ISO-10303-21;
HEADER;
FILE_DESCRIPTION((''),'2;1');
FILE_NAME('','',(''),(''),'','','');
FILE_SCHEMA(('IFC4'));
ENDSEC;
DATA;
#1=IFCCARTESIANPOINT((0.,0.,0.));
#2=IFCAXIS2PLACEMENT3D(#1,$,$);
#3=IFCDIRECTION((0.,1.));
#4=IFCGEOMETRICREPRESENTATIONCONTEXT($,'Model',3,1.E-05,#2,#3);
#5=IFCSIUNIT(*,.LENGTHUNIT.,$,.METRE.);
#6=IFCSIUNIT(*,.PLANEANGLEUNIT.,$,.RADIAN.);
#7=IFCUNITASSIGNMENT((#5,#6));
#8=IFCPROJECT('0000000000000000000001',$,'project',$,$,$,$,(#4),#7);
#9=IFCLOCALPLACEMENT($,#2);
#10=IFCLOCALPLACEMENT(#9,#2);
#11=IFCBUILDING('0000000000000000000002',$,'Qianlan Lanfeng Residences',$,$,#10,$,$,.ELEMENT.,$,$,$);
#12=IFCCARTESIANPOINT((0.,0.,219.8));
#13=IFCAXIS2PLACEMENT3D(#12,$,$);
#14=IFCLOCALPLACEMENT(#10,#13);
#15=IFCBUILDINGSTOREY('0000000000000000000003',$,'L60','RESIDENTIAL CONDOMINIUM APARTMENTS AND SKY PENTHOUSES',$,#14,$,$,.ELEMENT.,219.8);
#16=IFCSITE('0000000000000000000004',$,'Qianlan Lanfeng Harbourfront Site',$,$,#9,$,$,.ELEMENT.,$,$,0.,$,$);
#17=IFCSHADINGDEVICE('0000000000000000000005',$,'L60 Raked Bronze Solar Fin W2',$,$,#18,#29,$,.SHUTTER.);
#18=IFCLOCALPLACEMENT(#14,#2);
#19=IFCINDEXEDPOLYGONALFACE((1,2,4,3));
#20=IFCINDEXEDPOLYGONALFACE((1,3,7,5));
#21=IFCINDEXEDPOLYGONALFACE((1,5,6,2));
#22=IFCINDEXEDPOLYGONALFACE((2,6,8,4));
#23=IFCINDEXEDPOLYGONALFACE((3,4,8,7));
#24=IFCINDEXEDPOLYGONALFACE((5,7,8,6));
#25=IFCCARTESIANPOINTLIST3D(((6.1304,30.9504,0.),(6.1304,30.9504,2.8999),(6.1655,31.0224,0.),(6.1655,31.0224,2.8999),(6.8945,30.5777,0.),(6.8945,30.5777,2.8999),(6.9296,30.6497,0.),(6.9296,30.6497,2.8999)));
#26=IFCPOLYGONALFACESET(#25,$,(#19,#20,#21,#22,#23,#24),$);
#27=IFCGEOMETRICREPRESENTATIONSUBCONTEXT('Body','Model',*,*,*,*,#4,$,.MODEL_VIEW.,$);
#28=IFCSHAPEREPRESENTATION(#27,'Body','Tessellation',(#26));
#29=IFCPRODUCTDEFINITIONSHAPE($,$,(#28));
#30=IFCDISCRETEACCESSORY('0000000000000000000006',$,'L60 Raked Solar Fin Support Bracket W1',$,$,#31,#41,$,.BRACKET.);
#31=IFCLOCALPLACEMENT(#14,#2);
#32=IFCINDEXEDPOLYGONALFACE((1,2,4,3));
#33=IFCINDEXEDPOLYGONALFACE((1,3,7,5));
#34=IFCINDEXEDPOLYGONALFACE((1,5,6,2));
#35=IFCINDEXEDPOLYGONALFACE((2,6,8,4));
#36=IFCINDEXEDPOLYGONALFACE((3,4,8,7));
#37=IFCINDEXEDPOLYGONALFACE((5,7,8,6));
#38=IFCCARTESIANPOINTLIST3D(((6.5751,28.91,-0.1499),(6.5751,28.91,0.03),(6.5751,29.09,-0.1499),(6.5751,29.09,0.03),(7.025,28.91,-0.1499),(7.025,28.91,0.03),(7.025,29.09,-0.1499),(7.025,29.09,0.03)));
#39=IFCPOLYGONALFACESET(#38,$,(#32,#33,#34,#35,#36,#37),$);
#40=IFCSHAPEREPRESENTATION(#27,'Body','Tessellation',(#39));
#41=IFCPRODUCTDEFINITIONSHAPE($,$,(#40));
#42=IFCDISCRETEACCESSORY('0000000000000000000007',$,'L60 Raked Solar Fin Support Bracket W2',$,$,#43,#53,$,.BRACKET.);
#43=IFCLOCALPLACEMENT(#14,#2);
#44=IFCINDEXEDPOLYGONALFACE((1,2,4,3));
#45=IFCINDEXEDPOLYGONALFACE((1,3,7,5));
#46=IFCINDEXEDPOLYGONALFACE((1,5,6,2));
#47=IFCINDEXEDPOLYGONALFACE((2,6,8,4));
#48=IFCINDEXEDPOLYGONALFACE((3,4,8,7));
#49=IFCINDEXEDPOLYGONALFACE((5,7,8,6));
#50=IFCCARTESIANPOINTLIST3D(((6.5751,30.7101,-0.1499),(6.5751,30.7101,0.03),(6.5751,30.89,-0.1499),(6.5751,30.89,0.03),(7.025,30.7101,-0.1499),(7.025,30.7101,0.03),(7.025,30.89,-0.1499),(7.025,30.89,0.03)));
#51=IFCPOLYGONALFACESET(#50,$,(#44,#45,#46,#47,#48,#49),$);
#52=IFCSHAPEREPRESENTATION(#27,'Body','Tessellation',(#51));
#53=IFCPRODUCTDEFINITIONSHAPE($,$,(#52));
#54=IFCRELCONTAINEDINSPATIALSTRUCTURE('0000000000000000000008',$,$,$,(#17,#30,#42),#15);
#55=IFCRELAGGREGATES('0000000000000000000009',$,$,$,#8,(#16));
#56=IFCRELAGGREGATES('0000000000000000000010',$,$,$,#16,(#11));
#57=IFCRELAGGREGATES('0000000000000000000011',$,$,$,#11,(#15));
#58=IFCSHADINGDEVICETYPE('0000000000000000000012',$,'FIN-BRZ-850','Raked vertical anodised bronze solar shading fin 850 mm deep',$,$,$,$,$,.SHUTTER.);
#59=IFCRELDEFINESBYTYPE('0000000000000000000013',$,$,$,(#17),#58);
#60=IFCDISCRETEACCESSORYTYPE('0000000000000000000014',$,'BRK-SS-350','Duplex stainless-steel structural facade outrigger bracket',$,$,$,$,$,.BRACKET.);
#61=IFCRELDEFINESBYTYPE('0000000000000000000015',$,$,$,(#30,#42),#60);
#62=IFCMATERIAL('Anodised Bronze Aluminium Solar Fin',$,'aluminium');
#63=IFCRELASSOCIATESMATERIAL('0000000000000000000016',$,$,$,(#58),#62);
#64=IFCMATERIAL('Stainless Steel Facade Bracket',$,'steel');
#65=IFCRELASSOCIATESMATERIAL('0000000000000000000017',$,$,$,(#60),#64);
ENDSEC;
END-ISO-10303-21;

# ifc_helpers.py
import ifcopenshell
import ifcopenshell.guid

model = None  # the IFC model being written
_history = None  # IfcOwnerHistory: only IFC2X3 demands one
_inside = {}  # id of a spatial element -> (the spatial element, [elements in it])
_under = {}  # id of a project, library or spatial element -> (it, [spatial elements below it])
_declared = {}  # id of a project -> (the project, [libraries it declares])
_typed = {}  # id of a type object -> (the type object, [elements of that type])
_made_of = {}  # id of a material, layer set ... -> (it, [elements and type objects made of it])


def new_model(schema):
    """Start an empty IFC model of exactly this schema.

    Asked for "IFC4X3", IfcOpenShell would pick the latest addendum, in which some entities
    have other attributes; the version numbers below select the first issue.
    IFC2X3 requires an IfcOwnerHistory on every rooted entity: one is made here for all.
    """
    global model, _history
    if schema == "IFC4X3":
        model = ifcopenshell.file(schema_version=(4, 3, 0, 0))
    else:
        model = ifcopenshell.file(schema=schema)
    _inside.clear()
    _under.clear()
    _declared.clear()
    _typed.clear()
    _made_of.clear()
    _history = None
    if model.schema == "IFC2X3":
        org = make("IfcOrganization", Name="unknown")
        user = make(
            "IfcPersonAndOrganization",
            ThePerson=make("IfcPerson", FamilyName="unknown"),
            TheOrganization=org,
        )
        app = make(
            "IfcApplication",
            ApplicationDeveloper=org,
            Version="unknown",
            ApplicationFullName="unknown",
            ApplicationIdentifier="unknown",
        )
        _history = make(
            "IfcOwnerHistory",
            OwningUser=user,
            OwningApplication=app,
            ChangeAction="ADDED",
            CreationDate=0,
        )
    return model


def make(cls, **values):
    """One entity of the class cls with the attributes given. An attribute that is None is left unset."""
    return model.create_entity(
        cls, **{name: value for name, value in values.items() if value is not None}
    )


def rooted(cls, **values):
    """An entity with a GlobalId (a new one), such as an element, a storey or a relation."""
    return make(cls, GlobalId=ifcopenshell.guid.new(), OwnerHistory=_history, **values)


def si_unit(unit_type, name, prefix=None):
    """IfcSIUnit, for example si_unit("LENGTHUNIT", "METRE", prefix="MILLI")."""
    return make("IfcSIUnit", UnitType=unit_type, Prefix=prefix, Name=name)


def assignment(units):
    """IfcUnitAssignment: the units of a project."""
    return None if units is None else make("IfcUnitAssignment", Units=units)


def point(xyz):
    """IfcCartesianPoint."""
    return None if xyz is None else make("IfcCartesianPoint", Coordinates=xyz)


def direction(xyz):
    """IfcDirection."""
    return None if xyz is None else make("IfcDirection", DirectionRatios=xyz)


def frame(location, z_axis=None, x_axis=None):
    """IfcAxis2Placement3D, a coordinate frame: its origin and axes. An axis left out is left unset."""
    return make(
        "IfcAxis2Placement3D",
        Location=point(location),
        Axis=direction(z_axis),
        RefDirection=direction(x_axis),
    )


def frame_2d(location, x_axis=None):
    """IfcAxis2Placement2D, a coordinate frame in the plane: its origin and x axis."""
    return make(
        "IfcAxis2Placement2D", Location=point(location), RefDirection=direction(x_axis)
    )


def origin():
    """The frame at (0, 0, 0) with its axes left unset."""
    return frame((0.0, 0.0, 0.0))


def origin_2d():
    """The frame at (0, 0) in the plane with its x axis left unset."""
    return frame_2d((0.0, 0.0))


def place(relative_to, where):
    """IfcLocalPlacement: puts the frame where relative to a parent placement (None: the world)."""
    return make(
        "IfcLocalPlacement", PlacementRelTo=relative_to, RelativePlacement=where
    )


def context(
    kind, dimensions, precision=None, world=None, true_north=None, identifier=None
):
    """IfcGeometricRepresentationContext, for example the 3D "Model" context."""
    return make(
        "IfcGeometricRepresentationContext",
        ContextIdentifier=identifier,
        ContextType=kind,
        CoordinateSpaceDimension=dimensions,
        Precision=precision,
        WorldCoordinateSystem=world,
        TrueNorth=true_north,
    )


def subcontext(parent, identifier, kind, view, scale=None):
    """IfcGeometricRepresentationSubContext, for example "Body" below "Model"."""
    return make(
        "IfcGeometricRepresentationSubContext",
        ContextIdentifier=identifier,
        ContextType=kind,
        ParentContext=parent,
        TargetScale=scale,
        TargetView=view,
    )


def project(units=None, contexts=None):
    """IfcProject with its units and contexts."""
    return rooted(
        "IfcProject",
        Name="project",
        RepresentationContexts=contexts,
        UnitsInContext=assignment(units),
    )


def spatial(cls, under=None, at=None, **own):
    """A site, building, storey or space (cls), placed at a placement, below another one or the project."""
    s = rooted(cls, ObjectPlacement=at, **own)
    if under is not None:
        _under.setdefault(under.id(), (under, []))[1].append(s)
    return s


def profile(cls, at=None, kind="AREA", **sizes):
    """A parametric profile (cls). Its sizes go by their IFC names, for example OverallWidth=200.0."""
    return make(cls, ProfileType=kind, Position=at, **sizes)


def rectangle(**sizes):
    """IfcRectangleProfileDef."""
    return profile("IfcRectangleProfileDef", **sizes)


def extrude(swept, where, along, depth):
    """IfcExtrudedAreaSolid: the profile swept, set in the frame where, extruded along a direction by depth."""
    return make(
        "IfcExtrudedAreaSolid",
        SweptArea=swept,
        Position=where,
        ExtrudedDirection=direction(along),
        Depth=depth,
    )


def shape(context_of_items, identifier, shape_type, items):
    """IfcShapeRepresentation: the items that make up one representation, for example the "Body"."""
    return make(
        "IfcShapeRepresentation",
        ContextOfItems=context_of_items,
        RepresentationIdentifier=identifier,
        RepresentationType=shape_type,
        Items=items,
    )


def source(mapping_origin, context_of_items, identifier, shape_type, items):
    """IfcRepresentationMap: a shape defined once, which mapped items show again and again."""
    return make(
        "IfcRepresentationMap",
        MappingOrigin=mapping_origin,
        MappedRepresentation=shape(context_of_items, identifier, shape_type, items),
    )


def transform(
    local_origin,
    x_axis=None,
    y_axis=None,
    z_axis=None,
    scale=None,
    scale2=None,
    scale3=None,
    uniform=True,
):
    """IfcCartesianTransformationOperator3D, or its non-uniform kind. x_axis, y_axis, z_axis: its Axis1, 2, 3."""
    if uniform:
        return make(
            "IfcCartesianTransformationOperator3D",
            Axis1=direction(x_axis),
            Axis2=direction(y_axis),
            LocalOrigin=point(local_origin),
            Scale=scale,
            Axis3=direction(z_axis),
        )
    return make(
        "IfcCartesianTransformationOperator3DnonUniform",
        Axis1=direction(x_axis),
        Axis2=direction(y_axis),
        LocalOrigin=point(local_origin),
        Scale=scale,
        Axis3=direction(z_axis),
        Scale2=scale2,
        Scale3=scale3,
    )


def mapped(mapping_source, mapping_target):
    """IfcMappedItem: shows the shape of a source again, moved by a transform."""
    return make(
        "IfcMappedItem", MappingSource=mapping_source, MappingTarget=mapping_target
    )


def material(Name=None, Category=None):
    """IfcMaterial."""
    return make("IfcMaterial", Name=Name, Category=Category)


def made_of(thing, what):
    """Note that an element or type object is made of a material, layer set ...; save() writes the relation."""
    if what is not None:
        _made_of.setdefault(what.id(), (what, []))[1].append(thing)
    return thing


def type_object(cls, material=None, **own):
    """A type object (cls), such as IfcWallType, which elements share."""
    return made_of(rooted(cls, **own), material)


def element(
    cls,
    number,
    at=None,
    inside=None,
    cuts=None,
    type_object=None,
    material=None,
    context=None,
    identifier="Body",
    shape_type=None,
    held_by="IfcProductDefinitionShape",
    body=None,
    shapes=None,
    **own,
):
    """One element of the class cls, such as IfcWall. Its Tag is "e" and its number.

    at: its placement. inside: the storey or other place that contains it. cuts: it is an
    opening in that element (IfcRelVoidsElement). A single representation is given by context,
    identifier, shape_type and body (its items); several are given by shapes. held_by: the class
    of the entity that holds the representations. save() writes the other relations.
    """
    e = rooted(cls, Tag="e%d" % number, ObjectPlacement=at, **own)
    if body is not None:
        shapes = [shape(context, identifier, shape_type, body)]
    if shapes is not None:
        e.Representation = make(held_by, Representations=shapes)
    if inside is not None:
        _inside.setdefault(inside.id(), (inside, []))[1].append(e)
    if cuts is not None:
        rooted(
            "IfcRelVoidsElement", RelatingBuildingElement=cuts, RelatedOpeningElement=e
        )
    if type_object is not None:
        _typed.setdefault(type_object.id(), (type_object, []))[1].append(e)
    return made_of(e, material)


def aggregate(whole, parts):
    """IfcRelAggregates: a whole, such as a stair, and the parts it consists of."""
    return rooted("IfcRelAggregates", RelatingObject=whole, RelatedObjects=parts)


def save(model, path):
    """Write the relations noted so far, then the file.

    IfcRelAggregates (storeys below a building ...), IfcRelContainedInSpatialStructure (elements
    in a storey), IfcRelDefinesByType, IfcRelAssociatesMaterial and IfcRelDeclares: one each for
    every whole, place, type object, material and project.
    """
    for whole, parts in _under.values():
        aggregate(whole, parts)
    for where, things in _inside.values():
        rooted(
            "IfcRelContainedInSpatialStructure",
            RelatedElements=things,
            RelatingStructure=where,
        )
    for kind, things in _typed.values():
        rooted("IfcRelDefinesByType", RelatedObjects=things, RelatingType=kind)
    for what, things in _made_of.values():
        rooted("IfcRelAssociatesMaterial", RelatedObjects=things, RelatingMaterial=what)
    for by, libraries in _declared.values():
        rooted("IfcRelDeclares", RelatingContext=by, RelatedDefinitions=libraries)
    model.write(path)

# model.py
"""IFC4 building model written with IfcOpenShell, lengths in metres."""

from ifc_helpers import new_model, si_unit, direction, frame, origin, origin_2d, place, context, subcontext, project, spatial, rectangle, extrude, source, transform, mapped, material, type_object, element, save


model = new_model("IFC4")

# Units and contexts
model_context = context("Model", 3, precision=1e-05, world=origin(), true_north=direction((0.0, 1.0)))
body_context = subcontext(model_context, "Body", "Model", "MODEL_VIEW")
ifc_project = project(units=[si_unit("LENGTHUNIT", "METRE"), si_unit("PLANEANGLEUNIT", "RADIAN")], contexts=[model_context])

# Site, building, storey
site_placement = place(None, origin())
site = spatial("IfcSite", under=ifc_project, at=site_placement, Name="Qianlan Lanfeng Harbourfront Site", CompositionType="ELEMENT", RefElevation=0.0)
building_placement = place(site_placement, origin())
building = spatial("IfcBuilding", under=site, at=building_placement, Name="Qianlan Lanfeng Residences", CompositionType="ELEMENT")
storey_placement = place(building_placement, frame((0.0, 0.0, 219.8)))
storey = spatial("IfcBuildingStorey", under=building, at=storey_placement, Name="L60", Description="RESIDENTIAL CONDOMINIUM APARTMENTS AND SKY PENTHOUSES", CompositionType="ELEMENT", Elevation=219.8)

# Shading device
ifc_material_1 = material(Name="Anodised Bronze Aluminium Solar Fin", Category="aluminium")
shading_device_type = type_object("IfcShadingDeviceType", Name="FIN-BRZ-850", Description="Raked vertical anodised bronze solar shading fin 850 mm deep", PredefinedType="SHUTTER", material=ifc_material_1)
shared_shape_1 = source(origin(), body_context, "Body", "SweptSolid", [
    extrude(rectangle(XDim=0.8501, YDim=0.0801, at=origin_2d()), origin(), (0.0, 0.0, 1.0), 2.8999),
])
for number, where, z_axis, x_axis, name in (
    (1, (6.53, 30.8, 0.0), (0.0, 0.0, 1.0), (0.898794, -0.438371, 0.0), "L60 Raked Bronze Solar Fin W2"),
):
    element("IfcShadingDevice", number, at=place(storey_placement, frame(where, z_axis=z_axis, x_axis=x_axis)), inside=storey, type_object=shading_device_type, Name=name, PredefinedType="SHUTTER", context=body_context, shape_type="MappedRepresentation", body=[
        mapped(shared_shape_1, transform((0.0, 0.0, 0.0), scale=1.0)),
    ])

# Discrete accessories
ifc_material_2 = material(Name="Stainless Steel Facade Bracket", Category="steel")
discrete_accessory_type = type_object("IfcDiscreteAccessoryType", Name="BRK-SS-350", Description="Duplex stainless-steel structural facade outrigger bracket", PredefinedType="BRACKET", material=ifc_material_2)
shared_shape_2 = source(origin(), body_context, "Body", "SweptSolid", [
    extrude(rectangle(XDim=0.45, YDim=0.1799, at=origin_2d()), origin(), (0.0, 0.0, 1.0), 0.1799),
])
for number, where, z_axis, x_axis, name in (
    (2, (6.8, 29.0, -0.1499), (0.0, 0.0, 1.0), (1.0, 0.0, 0.0), "L60 Raked Solar Fin Support Bracket W1"),
    (3, (6.8, 30.8, -0.1499), (0.0, 0.0, 1.0), (1.0, 0.0, 0.0), "L60 Raked Solar Fin Support Bracket W2"),
):
    element("IfcDiscreteAccessory", number, at=place(storey_placement, frame(where, z_axis=z_axis, x_axis=x_axis)), inside=storey, type_object=discrete_accessory_type, Name=name, PredefinedType="BRACKET", context=body_context, shape_type="MappedRepresentation", body=[
        mapped(shared_shape_2, transform((0.0, 0.0, 0.0), scale=1.0)),
    ])

save(model, "model.ifc")
